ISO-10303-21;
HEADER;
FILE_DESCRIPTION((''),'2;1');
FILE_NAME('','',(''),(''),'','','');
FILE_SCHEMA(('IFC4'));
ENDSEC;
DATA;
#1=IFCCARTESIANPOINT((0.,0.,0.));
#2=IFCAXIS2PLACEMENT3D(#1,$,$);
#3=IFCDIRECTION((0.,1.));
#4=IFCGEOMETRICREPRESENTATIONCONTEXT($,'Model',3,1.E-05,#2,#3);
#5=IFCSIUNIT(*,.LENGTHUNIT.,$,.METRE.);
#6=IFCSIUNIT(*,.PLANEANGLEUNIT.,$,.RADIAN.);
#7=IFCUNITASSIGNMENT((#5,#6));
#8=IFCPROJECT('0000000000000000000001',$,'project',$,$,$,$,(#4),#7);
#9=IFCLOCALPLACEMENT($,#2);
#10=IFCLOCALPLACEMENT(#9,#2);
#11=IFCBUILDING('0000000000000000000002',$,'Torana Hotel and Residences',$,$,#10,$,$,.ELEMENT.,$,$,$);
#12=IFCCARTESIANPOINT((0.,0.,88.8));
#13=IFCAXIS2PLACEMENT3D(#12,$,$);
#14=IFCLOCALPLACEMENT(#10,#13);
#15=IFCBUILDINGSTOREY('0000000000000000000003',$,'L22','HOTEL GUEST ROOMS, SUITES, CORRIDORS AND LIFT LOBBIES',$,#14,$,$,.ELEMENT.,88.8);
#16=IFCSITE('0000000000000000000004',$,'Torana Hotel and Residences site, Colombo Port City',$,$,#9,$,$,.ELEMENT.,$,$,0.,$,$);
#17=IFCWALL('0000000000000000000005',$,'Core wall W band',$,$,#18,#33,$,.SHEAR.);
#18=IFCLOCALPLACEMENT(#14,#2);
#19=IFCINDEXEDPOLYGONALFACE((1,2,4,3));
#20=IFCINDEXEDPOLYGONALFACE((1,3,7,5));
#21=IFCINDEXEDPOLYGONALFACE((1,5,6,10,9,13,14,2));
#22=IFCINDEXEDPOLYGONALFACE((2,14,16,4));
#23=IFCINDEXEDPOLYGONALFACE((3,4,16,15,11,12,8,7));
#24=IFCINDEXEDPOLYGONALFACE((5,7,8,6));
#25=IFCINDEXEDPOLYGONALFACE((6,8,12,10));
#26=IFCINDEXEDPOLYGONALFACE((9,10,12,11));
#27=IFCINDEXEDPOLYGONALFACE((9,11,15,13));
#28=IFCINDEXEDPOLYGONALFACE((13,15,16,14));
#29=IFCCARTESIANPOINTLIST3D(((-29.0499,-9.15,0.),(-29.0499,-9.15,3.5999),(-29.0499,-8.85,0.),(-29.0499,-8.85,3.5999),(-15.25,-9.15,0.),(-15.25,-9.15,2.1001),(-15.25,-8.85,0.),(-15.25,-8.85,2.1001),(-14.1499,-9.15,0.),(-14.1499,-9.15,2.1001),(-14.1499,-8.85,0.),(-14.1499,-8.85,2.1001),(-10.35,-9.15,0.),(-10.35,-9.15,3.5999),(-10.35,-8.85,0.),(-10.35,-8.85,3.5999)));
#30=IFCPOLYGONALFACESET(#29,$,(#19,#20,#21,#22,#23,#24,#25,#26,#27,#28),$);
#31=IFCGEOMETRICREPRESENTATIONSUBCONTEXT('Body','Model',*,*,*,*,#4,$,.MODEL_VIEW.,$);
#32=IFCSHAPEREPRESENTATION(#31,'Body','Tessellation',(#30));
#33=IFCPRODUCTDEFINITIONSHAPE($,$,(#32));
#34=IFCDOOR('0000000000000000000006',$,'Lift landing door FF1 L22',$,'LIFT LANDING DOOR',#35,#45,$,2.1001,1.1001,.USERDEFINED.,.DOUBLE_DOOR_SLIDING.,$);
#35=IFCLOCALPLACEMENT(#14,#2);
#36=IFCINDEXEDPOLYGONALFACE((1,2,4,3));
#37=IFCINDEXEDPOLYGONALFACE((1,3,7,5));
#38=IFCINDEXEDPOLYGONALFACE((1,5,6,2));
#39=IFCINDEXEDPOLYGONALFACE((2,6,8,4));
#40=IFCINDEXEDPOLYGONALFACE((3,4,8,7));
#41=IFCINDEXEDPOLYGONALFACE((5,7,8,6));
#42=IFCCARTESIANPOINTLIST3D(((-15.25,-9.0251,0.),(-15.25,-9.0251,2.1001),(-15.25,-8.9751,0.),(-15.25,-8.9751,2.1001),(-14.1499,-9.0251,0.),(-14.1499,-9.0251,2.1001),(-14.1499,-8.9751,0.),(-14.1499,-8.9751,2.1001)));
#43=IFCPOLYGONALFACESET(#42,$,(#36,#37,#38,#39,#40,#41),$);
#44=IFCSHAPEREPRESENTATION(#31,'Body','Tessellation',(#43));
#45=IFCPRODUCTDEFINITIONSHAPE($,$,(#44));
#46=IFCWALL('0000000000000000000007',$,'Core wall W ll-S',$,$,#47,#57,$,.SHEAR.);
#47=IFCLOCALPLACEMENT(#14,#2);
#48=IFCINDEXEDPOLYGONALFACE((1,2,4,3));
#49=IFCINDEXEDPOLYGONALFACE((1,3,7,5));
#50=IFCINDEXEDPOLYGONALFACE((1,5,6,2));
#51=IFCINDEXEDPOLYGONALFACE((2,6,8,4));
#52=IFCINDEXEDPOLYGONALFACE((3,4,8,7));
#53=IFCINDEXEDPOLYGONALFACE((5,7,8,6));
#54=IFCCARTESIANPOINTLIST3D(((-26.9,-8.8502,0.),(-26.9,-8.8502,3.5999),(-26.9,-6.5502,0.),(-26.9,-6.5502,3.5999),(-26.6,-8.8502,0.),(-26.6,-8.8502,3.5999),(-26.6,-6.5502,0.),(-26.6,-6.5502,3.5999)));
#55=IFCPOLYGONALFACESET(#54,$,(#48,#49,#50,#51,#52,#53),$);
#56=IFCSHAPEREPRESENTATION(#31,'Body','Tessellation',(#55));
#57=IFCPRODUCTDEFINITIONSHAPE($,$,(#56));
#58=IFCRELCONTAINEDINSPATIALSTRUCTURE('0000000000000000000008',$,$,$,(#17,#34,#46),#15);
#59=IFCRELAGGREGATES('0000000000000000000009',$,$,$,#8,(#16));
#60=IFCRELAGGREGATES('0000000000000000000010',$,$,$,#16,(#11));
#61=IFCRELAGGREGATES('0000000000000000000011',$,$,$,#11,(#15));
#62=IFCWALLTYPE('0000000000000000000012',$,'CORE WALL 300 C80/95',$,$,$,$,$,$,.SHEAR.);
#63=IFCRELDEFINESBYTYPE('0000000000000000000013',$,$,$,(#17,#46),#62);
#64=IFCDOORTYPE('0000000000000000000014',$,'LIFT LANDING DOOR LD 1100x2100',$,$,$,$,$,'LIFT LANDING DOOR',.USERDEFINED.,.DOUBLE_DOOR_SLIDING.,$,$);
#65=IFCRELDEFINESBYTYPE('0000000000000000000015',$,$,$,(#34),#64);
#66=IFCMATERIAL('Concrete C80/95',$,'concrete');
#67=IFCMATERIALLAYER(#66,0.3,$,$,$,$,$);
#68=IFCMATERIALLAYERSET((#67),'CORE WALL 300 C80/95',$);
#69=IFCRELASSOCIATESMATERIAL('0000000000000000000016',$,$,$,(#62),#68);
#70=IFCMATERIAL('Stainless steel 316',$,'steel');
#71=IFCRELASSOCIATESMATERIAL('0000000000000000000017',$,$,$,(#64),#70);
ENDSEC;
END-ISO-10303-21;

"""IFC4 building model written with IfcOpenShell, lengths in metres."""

from ifc_helpers import new_model, si_unit, direction, frame, frame_2d, origin, place, context, subcontext, project, spatial, rectangle, extrude, material, layer, layer_set, type_object, element, fill, save


model = new_model("IFC4")

# Units and contexts
model_context = context("Model", 3, precision=1e-05, world=origin(), true_north=direction((0.0, 1.0)))
body_context = subcontext(model_context, "Body", "Model", "MODEL_VIEW")
ifc_project = project(units=[si_unit("LENGTHUNIT", "METRE"), si_unit("PLANEANGLEUNIT", "RADIAN")], contexts=[model_context])

# Site, building, storey
site_placement = place(None, origin())
site = spatial("IfcSite", under=ifc_project, at=site_placement, Name="Torana Hotel and Residences site, Colombo Port City", CompositionType="ELEMENT", RefElevation=0.0)
building_placement = place(site_placement, origin())
building = spatial("IfcBuilding", under=site, at=building_placement, Name="Torana Hotel and Residences", CompositionType="ELEMENT")
storey_placement = place(building_placement, frame((0.0, 0.0, 88.8)))
storey = spatial("IfcBuildingStorey", under=building, at=storey_placement, Name="L22", Description="HOTEL GUEST ROOMS, SUITES, CORRIDORS AND LIFT LOBBIES", CompositionType="ELEMENT", Elevation=88.8)

# Wall, opening, door
ifc_material_1 = material(Name="Concrete C80/95", Category="concrete")
ifc_layer_1 = layer(ifc_material_1, 0.3)
ifc_layer_set_1 = layer_set([ifc_layer_1], Name="CORE WALL 300 C80/95")
wall_type_1 = type_object("IfcWallType", Name="CORE WALL 300 C80/95", PredefinedType="SHEAR", material=ifc_layer_set_1)
wall_1_placement = place(storey_placement, frame((-29.05, -9.0, 0.0), z_axis=(0.0, 0.0, 1.0), x_axis=(1.0, 0.0, 0.0)))
wall_1 = element("IfcWall", 1, at=wall_1_placement, inside=storey, type_object=wall_type_1, Name="Core wall W band", PredefinedType="SHEAR", context=body_context, shape_type="SweptSolid", body=[
    extrude(rectangle(XDim=18.7, YDim=0.3, at=frame_2d((9.3501, 0.0))), origin(), (0.0, 0.0, 1.0), 3.5999),
])
opening_1_placement = place(wall_1_placement, frame((13.8, 0.0, 0.0)))
opening_1 = element("IfcOpeningElement", 2, at=opening_1_placement, cuts=wall_1, PredefinedType="OPENING", context=body_context, shape_type="SweptSolid", body=[
    extrude(rectangle(XDim=1.1001, YDim=2.1001, at=frame_2d((0.55, 1.05))), frame((0.0, 0.1599, 0.0), z_axis=(0.0, -1.0, 0.0), x_axis=(1.0, 0.0, 0.0)), (0.0, 0.0, 1.0), 0.3201),
])
ifc_material_2 = material(Name="Stainless steel 316", Category="steel")
door_type_1 = type_object("IfcDoorType", Name="LIFT LANDING DOOR LD 1100x2100", ElementType="LIFT LANDING DOOR", OperationType="DOUBLE_DOOR_SLIDING", PredefinedType="USERDEFINED", material=ifc_material_2)
door_1_placement = place(opening_1_placement, origin())
door_1 = element("IfcDoor", 3, at=door_1_placement, inside=storey, type_object=door_type_1, Name="Lift landing door FF1 L22", ObjectType="LIFT LANDING DOOR", OperationType="DOUBLE_DOOR_SLIDING", OverallHeight=2.1001, OverallWidth=1.1001, PredefinedType="USERDEFINED", context=body_context, shape_type="SweptSolid", body=[
    extrude(rectangle(XDim=1.1001, YDim=2.1001, at=frame_2d((0.55, 1.05))), frame((0.0, 0.0249, 0.0), z_axis=(0.0, -1.0, 0.0), x_axis=(1.0, 0.0, 0.0)), (0.0, 0.0, 1.0), 0.05),
])
fill(opening_1, door_1)

# Wall
wall_2_placement = place(storey_placement, frame((-26.75, -8.8501, 0.0), z_axis=(0.0, 0.0, 1.0), x_axis=(0.0, 1.0, 0.0)))
element("IfcWall", 4, at=wall_2_placement, inside=storey, type_object=wall_type_1, Name="Core wall W ll-S", PredefinedType="SHEAR", context=body_context, shape_type="SweptSolid", body=[
    extrude(rectangle(XDim=2.3, YDim=0.3, at=frame_2d((1.1499, 0.0))), origin(), (0.0, 0.0, 1.0), 3.5999),
])

save(model, "model.ifc")
